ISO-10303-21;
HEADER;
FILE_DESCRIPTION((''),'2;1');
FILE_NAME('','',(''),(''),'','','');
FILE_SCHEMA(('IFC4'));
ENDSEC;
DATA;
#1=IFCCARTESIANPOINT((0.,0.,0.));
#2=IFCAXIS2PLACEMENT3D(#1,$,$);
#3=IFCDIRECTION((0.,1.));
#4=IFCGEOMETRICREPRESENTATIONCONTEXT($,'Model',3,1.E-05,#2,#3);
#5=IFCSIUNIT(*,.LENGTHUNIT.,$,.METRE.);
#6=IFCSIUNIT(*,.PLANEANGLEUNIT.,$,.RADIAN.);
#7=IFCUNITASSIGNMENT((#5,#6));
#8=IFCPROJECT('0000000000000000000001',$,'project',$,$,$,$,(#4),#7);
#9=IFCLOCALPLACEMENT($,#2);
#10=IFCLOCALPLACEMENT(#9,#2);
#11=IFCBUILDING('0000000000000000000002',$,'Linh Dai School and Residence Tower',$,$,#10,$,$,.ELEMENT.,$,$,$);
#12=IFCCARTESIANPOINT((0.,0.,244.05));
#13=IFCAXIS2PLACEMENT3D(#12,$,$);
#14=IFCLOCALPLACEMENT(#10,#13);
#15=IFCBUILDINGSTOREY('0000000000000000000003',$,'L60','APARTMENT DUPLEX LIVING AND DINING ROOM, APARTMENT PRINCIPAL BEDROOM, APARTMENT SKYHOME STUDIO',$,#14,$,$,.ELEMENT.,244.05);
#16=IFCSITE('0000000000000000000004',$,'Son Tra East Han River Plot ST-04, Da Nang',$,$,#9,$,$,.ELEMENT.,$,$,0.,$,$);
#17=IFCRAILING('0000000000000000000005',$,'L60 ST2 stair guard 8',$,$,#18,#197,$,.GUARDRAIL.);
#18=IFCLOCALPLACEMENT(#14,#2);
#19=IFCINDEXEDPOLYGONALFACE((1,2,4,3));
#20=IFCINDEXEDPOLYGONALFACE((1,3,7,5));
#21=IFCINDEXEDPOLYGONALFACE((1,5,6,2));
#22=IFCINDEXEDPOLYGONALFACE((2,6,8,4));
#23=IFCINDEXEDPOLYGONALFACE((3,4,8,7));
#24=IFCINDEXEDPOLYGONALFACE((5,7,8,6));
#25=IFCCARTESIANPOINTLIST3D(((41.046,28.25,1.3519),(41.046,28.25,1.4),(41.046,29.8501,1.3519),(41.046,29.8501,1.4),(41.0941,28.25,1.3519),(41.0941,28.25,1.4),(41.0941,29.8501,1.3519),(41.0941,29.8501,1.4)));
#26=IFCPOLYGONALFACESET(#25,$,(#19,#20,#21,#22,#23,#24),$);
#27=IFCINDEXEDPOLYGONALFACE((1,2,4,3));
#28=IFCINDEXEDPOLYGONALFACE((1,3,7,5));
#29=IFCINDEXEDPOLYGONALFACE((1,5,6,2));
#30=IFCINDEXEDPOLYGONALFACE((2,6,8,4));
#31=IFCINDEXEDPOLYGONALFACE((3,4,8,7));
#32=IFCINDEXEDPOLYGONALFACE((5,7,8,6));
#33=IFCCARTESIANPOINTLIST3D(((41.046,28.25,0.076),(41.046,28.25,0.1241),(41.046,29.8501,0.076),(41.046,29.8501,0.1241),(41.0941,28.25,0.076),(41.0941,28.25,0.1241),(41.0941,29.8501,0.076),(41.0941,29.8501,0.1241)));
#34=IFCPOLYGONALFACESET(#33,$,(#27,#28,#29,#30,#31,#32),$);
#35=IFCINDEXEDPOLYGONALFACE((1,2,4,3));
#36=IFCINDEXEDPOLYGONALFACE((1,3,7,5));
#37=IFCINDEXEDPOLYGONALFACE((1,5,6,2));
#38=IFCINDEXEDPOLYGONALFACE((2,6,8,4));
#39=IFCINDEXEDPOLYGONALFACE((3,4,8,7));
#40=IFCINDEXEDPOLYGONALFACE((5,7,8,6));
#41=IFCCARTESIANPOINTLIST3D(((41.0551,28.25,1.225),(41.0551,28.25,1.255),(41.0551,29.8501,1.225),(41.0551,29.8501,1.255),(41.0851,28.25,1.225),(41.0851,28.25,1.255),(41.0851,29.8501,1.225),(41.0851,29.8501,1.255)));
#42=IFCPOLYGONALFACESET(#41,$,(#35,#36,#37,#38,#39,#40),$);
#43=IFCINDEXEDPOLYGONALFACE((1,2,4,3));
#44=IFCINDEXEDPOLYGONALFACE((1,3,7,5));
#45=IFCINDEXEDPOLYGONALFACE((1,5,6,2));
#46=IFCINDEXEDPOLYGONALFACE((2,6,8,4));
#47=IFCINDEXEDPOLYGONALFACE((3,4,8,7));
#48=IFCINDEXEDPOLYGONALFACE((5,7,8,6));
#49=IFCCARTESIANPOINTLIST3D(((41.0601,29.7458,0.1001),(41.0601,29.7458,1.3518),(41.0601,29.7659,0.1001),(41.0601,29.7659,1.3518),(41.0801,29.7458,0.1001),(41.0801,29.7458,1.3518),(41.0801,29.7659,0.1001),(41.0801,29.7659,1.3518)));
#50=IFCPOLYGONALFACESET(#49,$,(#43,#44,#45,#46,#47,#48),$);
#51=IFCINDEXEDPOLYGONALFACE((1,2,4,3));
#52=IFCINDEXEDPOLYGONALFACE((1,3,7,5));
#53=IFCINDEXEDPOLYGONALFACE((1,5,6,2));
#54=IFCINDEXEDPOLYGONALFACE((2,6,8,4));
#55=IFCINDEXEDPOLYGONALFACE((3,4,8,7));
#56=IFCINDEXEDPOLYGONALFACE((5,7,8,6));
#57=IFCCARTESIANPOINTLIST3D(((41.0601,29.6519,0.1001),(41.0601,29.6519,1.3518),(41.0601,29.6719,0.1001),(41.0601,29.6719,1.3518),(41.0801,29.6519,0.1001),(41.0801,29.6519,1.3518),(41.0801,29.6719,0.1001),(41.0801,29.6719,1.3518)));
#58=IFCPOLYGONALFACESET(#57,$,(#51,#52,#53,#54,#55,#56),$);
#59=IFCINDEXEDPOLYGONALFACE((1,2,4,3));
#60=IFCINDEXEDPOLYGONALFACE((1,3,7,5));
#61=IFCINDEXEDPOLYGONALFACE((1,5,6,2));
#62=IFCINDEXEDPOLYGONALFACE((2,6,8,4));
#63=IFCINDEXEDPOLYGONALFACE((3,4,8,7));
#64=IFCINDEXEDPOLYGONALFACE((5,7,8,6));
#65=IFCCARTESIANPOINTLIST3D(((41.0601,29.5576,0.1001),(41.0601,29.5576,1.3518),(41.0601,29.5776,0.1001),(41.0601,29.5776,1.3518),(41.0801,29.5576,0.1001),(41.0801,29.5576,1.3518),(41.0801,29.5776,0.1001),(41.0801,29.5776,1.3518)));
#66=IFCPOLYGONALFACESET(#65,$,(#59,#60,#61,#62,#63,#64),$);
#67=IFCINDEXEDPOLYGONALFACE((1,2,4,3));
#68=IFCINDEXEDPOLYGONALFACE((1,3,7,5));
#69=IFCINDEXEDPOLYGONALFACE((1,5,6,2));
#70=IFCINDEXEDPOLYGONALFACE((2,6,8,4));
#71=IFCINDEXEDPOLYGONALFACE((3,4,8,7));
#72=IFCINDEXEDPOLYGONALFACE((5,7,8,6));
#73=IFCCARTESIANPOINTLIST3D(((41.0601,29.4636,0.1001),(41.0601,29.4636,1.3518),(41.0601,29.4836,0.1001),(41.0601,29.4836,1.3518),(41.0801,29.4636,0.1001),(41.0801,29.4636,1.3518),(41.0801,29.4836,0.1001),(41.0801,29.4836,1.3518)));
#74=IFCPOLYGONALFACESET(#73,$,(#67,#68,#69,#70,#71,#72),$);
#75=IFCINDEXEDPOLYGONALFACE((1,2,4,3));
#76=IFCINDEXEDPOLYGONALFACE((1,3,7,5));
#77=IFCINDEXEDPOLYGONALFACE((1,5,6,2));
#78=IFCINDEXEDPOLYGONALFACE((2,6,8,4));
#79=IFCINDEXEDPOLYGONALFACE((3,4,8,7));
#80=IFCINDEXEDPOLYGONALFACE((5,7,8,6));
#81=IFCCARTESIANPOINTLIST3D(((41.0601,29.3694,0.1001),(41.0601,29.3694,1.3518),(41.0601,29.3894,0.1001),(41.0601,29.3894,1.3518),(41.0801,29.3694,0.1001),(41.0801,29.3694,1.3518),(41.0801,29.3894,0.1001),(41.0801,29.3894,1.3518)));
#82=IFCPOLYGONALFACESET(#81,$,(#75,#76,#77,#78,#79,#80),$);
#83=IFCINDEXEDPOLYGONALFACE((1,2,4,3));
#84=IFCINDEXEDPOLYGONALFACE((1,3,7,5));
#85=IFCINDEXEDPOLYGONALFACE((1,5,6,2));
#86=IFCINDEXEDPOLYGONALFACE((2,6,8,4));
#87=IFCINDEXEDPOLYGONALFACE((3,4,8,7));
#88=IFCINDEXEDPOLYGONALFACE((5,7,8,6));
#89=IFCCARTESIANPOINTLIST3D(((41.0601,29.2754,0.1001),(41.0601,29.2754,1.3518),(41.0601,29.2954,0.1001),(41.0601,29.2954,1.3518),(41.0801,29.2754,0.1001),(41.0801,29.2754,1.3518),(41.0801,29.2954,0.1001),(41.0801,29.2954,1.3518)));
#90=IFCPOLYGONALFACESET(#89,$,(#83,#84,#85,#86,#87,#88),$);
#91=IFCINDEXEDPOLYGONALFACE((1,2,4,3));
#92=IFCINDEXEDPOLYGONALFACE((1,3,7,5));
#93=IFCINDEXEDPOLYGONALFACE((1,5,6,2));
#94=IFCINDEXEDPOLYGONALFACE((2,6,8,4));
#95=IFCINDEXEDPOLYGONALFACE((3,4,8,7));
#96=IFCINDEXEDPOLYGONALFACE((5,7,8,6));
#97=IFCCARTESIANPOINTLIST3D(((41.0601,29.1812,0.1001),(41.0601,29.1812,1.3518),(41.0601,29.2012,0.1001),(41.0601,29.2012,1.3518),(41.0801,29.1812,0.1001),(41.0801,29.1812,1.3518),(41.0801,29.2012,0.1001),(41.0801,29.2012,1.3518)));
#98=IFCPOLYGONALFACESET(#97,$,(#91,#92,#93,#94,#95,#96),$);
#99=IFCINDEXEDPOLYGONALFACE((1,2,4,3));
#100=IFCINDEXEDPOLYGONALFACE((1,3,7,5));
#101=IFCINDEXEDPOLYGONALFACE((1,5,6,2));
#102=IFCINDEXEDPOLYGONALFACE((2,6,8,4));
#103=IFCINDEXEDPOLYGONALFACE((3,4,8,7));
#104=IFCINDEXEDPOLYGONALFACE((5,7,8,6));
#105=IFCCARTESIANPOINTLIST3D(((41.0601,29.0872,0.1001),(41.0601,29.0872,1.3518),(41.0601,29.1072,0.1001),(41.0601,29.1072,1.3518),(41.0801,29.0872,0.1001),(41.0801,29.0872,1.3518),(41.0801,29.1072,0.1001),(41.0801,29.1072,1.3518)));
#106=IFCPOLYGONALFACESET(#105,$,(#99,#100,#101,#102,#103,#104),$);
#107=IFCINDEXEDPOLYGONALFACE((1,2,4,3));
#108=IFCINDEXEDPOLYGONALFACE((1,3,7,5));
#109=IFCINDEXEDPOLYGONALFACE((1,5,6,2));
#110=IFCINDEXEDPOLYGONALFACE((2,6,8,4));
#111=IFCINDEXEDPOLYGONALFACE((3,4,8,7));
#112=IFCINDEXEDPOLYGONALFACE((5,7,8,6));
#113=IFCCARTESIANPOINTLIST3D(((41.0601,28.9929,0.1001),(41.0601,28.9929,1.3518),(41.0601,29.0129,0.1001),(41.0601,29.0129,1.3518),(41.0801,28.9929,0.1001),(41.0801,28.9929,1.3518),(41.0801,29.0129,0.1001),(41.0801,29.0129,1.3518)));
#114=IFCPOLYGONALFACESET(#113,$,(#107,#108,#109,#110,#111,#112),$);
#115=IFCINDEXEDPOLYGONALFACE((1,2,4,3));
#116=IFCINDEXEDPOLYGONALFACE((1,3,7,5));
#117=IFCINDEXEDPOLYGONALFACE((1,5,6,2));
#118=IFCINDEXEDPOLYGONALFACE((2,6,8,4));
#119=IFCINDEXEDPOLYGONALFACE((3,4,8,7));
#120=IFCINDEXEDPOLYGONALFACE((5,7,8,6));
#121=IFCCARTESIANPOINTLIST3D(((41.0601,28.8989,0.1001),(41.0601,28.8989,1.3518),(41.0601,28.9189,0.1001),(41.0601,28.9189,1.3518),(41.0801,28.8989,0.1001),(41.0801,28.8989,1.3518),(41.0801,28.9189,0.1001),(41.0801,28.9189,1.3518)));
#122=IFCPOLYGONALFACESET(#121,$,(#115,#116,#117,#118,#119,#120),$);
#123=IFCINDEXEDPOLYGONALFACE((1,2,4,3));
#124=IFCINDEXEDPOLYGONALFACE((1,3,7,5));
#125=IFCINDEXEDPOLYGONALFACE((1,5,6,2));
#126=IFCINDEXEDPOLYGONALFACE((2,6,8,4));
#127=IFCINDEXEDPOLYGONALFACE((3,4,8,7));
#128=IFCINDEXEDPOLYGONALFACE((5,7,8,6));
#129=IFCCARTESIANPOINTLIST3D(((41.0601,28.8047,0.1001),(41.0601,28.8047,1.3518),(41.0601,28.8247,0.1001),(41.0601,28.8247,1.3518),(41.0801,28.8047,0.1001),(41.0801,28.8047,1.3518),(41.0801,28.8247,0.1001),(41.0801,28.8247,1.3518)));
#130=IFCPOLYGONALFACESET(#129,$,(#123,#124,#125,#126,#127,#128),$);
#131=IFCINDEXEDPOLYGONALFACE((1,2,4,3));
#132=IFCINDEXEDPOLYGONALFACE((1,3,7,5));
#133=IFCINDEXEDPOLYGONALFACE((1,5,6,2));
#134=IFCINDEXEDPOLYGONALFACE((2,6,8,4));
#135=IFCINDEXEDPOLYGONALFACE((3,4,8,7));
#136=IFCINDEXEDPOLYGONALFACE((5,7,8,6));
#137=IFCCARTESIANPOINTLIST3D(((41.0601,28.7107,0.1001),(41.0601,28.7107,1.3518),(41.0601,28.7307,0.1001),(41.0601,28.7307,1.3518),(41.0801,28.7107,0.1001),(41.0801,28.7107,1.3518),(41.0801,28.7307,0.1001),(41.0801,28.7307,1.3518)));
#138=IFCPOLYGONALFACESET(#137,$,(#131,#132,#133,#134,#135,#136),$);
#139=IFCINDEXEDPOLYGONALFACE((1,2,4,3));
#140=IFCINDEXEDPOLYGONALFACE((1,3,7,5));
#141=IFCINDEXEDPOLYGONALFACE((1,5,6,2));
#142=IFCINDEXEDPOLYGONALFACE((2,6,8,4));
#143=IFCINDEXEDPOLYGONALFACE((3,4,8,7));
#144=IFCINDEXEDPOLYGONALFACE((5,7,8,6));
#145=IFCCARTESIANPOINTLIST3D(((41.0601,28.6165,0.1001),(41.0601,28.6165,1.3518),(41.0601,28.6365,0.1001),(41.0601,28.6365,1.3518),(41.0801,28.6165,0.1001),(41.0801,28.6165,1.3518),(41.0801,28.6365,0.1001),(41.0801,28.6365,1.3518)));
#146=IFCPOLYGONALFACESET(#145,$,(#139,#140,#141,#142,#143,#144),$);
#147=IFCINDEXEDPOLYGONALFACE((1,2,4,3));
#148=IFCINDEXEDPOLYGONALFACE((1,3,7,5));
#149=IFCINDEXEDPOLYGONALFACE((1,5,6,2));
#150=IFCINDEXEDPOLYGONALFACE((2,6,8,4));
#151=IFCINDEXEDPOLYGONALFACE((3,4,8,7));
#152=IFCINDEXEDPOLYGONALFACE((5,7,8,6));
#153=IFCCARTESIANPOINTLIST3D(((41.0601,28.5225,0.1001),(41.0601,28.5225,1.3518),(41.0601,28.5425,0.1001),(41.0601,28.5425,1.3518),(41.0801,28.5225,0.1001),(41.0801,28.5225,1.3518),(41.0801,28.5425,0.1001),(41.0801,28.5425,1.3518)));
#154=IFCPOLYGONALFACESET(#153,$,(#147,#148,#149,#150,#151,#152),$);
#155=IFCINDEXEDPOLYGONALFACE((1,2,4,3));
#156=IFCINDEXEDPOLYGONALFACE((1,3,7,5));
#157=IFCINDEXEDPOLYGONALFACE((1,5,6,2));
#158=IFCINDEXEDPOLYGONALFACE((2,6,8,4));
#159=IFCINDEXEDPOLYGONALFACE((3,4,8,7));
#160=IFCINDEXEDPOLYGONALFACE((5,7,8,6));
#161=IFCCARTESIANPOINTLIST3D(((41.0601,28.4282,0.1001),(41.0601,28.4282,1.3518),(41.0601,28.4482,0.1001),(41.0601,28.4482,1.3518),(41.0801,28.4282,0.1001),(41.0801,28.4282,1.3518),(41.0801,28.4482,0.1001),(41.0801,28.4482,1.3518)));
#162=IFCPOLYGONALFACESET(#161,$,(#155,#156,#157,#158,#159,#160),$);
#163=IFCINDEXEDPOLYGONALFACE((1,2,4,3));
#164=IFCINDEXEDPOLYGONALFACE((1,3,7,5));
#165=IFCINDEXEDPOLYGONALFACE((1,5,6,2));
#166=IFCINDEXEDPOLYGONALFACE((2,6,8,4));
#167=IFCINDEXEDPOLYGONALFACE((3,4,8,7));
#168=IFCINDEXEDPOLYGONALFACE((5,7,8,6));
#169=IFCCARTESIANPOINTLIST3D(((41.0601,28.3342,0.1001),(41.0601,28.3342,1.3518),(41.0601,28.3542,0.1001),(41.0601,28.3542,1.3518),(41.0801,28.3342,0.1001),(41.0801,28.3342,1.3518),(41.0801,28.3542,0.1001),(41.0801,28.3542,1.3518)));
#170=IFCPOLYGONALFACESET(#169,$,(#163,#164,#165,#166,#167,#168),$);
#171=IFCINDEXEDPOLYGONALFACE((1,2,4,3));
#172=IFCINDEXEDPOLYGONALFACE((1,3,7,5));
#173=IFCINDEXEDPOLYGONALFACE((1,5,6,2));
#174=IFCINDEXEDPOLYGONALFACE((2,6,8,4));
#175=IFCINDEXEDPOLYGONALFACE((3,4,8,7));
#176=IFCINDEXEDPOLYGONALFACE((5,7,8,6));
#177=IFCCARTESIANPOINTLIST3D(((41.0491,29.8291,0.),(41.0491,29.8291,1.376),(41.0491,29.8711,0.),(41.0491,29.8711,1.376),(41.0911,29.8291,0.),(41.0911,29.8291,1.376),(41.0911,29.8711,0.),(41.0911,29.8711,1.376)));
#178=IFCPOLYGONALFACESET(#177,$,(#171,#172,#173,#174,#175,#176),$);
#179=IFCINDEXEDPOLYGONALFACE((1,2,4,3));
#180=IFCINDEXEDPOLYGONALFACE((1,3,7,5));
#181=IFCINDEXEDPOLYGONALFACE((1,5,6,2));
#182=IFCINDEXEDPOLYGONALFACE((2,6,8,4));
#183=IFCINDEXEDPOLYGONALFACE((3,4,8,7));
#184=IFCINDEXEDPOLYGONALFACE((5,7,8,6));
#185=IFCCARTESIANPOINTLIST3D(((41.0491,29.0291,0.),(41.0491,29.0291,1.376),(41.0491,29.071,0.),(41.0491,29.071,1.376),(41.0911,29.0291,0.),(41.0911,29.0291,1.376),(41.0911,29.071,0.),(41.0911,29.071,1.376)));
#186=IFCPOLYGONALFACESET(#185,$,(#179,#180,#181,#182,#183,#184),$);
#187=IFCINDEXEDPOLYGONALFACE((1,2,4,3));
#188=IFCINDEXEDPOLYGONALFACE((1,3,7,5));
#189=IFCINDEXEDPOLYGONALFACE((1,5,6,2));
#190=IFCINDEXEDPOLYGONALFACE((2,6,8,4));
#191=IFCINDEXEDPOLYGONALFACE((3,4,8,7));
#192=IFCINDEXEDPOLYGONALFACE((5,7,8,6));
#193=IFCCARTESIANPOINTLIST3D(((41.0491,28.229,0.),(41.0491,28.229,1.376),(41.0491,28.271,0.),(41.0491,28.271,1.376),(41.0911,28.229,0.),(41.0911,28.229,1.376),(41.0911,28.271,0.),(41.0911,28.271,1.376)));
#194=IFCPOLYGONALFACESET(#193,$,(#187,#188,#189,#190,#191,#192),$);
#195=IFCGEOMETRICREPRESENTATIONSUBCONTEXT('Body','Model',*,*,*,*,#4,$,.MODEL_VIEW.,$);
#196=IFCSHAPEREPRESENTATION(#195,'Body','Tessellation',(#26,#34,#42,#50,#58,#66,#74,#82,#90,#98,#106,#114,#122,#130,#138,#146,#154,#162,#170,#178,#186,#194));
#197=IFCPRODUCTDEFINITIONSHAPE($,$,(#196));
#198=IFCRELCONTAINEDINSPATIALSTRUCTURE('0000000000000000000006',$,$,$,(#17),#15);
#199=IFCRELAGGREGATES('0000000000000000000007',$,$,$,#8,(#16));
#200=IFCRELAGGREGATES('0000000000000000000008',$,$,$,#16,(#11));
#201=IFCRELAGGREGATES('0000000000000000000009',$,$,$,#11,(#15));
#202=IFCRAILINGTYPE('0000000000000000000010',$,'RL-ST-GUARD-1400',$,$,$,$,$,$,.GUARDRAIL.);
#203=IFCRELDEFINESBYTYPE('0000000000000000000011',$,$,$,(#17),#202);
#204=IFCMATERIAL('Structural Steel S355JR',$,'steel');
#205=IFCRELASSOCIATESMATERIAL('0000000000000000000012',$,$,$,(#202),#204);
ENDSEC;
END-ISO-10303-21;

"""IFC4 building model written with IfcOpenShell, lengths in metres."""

from ifc_helpers import new_model, si_unit, direction, frame, origin, origin_2d, place, context, subcontext, project, spatial, rectangle, extrude, source, transform, mapped, material, type_object, element, save


model = new_model("IFC4")

# Units and contexts
model_context = context("Model", 3, precision=1e-05, world=origin(), true_north=direction((0.0, 1.0)))
body_context = subcontext(model_context, "Body", "Model", "MODEL_VIEW")
ifc_project = project(units=[si_unit("LENGTHUNIT", "METRE"), si_unit("PLANEANGLEUNIT", "RADIAN")], contexts=[model_context])

# Site, building, storey
site_placement = place(None, origin())
site = spatial("IfcSite", under=ifc_project, at=site_placement, Name="Son Tra East Han River Plot ST-04, Da Nang", CompositionType="ELEMENT", RefElevation=0.0)
building_placement = place(site_placement, origin())
building = spatial("IfcBuilding", under=site, at=building_placement, Name="Linh Dai School and Residence Tower", CompositionType="ELEMENT")
storey_placement = place(building_placement, frame((0.0, 0.0, 244.05)))
storey = spatial("IfcBuildingStorey", under=building, at=storey_placement, Name="L60", Description="APARTMENT DUPLEX LIVING AND DINING ROOM, APARTMENT PRINCIPAL BEDROOM, APARTMENT SKYHOME STUDIO", CompositionType="ELEMENT", Elevation=244.05)

# Shared definitions
ifc_material_1 = material(Name="Structural Steel S355JR", Category="steel")

# Railing
railing_type_1 = type_object("IfcRailingType", Name="RL-ST-GUARD-1400", PredefinedType="GUARDRAIL", material=ifc_material_1)
shared_shape_1 = source(origin(), body_context, "Body", "SweptSolid", [
    extrude(rectangle(XDim=0.0481, YDim=0.0481, at=origin_2d()), frame((0.0, 0.0, 1.376), z_axis=(0.0, -1.0, 0.0), x_axis=(1.0, 0.0, 0.0)), (0.0, 0.0, 1.0), 1.6001),
    extrude(rectangle(XDim=0.0481, YDim=0.0481, at=origin_2d()), frame((0.0, 0.0, 0.1001), z_axis=(0.0, -1.0, 0.0), x_axis=(1.0, 0.0, 0.0)), (0.0, 0.0, 1.0), 1.6001),
    extrude(rectangle(XDim=0.03, YDim=0.03, at=origin_2d()), frame((0.0, 0.0, 1.24), z_axis=(0.0, -1.0, 0.0), x_axis=(1.0, 0.0, 0.0)), (0.0, 0.0, 1.0), 1.6001),
    extrude(rectangle(XDim=0.02, YDim=0.02, at=origin_2d()), frame((0.0, -0.0942, 0.1001)), (0.0, 0.0, 1.0), 1.2517),
    extrude(rectangle(XDim=0.02, YDim=0.02, at=origin_2d()), frame((0.0, -0.1882, 0.1001)), (0.0, 0.0, 1.0), 1.2517),
    extrude(rectangle(XDim=0.02, YDim=0.02, at=origin_2d()), frame((0.0, -0.2825, 0.1001)), (0.0, 0.0, 1.0), 1.2517),
    extrude(rectangle(XDim=0.02, YDim=0.02, at=origin_2d()), frame((0.0, -0.3765, 0.1001)), (0.0, 0.0, 1.0), 1.2517),
    extrude(rectangle(XDim=0.02, YDim=0.02, at=origin_2d()), frame((0.0, -0.4707, 0.1001)), (0.0, 0.0, 1.0), 1.2517),
    extrude(rectangle(XDim=0.02, YDim=0.02, at=origin_2d()), frame((0.0, -0.5647, 0.1001)), (0.0, 0.0, 1.0), 1.2517),
    extrude(rectangle(XDim=0.02, YDim=0.02, at=origin_2d()), frame((0.0, -0.6589, 0.1001)), (0.0, 0.0, 1.0), 1.2517),
    extrude(rectangle(XDim=0.02, YDim=0.02, at=origin_2d()), frame((0.0, -0.7529, 0.1001)), (0.0, 0.0, 1.0), 1.2517),
    extrude(rectangle(XDim=0.02, YDim=0.02, at=origin_2d()), frame((0.0, -0.8472, 0.1001)), (0.0, 0.0, 1.0), 1.2517),
    extrude(rectangle(XDim=0.02, YDim=0.02, at=origin_2d()), frame((0.0, -0.9412, 0.1001)), (0.0, 0.0, 1.0), 1.2517),
    extrude(rectangle(XDim=0.02, YDim=0.02, at=origin_2d()), frame((0.0, -1.0354, 0.1001)), (0.0, 0.0, 1.0), 1.2517),
    extrude(rectangle(XDim=0.02, YDim=0.02, at=origin_2d()), frame((0.0, -1.1294, 0.1001)), (0.0, 0.0, 1.0), 1.2517),
    extrude(rectangle(XDim=0.02, YDim=0.02, at=origin_2d()), frame((0.0, -1.2236, 0.1001)), (0.0, 0.0, 1.0), 1.2517),
    extrude(rectangle(XDim=0.02, YDim=0.02, at=origin_2d()), frame((0.0, -1.3176, 0.1001)), (0.0, 0.0, 1.0), 1.2517),
    extrude(rectangle(XDim=0.02, YDim=0.02, at=origin_2d()), frame((0.0, -1.4119, 0.1001)), (0.0, 0.0, 1.0), 1.2517),
    extrude(rectangle(XDim=0.02, YDim=0.02, at=origin_2d()), frame((0.0, -1.5059, 0.1001)), (0.0, 0.0, 1.0), 1.2517),
    extrude(rectangle(XDim=0.042, YDim=0.042, at=origin_2d()), origin(), (0.0, 0.0, 1.0), 1.376),
    extrude(rectangle(XDim=0.042, YDim=0.042, at=origin_2d()), frame((0.0, -0.8, 0.0)), (0.0, 0.0, 1.0), 1.376),
    extrude(rectangle(XDim=0.042, YDim=0.042, at=origin_2d()), frame((0.0, -1.6001, 0.0)), (0.0, 0.0, 1.0), 1.376),
])
for number, where, name in (
    (1, (41.0701, 29.8501, 0.0), "L60 ST2 stair guard 8"),
):
    element("IfcRailing", number, at=place(storey_placement, frame(where)), inside=storey, type_object=railing_type_1, Name=name, PredefinedType="GUARDRAIL", context=body_context, shape_type="MappedRepresentation", body=[
        mapped(shared_shape_1, transform((0.0, 0.0, 0.0), x_axis=(1.0, 0.0, 0.0), y_axis=(0.0, 1.0, 0.0), z_axis=(0.0, 0.0, 1.0), scale=1.0)),
    ])

save(model, "model.ifc")
